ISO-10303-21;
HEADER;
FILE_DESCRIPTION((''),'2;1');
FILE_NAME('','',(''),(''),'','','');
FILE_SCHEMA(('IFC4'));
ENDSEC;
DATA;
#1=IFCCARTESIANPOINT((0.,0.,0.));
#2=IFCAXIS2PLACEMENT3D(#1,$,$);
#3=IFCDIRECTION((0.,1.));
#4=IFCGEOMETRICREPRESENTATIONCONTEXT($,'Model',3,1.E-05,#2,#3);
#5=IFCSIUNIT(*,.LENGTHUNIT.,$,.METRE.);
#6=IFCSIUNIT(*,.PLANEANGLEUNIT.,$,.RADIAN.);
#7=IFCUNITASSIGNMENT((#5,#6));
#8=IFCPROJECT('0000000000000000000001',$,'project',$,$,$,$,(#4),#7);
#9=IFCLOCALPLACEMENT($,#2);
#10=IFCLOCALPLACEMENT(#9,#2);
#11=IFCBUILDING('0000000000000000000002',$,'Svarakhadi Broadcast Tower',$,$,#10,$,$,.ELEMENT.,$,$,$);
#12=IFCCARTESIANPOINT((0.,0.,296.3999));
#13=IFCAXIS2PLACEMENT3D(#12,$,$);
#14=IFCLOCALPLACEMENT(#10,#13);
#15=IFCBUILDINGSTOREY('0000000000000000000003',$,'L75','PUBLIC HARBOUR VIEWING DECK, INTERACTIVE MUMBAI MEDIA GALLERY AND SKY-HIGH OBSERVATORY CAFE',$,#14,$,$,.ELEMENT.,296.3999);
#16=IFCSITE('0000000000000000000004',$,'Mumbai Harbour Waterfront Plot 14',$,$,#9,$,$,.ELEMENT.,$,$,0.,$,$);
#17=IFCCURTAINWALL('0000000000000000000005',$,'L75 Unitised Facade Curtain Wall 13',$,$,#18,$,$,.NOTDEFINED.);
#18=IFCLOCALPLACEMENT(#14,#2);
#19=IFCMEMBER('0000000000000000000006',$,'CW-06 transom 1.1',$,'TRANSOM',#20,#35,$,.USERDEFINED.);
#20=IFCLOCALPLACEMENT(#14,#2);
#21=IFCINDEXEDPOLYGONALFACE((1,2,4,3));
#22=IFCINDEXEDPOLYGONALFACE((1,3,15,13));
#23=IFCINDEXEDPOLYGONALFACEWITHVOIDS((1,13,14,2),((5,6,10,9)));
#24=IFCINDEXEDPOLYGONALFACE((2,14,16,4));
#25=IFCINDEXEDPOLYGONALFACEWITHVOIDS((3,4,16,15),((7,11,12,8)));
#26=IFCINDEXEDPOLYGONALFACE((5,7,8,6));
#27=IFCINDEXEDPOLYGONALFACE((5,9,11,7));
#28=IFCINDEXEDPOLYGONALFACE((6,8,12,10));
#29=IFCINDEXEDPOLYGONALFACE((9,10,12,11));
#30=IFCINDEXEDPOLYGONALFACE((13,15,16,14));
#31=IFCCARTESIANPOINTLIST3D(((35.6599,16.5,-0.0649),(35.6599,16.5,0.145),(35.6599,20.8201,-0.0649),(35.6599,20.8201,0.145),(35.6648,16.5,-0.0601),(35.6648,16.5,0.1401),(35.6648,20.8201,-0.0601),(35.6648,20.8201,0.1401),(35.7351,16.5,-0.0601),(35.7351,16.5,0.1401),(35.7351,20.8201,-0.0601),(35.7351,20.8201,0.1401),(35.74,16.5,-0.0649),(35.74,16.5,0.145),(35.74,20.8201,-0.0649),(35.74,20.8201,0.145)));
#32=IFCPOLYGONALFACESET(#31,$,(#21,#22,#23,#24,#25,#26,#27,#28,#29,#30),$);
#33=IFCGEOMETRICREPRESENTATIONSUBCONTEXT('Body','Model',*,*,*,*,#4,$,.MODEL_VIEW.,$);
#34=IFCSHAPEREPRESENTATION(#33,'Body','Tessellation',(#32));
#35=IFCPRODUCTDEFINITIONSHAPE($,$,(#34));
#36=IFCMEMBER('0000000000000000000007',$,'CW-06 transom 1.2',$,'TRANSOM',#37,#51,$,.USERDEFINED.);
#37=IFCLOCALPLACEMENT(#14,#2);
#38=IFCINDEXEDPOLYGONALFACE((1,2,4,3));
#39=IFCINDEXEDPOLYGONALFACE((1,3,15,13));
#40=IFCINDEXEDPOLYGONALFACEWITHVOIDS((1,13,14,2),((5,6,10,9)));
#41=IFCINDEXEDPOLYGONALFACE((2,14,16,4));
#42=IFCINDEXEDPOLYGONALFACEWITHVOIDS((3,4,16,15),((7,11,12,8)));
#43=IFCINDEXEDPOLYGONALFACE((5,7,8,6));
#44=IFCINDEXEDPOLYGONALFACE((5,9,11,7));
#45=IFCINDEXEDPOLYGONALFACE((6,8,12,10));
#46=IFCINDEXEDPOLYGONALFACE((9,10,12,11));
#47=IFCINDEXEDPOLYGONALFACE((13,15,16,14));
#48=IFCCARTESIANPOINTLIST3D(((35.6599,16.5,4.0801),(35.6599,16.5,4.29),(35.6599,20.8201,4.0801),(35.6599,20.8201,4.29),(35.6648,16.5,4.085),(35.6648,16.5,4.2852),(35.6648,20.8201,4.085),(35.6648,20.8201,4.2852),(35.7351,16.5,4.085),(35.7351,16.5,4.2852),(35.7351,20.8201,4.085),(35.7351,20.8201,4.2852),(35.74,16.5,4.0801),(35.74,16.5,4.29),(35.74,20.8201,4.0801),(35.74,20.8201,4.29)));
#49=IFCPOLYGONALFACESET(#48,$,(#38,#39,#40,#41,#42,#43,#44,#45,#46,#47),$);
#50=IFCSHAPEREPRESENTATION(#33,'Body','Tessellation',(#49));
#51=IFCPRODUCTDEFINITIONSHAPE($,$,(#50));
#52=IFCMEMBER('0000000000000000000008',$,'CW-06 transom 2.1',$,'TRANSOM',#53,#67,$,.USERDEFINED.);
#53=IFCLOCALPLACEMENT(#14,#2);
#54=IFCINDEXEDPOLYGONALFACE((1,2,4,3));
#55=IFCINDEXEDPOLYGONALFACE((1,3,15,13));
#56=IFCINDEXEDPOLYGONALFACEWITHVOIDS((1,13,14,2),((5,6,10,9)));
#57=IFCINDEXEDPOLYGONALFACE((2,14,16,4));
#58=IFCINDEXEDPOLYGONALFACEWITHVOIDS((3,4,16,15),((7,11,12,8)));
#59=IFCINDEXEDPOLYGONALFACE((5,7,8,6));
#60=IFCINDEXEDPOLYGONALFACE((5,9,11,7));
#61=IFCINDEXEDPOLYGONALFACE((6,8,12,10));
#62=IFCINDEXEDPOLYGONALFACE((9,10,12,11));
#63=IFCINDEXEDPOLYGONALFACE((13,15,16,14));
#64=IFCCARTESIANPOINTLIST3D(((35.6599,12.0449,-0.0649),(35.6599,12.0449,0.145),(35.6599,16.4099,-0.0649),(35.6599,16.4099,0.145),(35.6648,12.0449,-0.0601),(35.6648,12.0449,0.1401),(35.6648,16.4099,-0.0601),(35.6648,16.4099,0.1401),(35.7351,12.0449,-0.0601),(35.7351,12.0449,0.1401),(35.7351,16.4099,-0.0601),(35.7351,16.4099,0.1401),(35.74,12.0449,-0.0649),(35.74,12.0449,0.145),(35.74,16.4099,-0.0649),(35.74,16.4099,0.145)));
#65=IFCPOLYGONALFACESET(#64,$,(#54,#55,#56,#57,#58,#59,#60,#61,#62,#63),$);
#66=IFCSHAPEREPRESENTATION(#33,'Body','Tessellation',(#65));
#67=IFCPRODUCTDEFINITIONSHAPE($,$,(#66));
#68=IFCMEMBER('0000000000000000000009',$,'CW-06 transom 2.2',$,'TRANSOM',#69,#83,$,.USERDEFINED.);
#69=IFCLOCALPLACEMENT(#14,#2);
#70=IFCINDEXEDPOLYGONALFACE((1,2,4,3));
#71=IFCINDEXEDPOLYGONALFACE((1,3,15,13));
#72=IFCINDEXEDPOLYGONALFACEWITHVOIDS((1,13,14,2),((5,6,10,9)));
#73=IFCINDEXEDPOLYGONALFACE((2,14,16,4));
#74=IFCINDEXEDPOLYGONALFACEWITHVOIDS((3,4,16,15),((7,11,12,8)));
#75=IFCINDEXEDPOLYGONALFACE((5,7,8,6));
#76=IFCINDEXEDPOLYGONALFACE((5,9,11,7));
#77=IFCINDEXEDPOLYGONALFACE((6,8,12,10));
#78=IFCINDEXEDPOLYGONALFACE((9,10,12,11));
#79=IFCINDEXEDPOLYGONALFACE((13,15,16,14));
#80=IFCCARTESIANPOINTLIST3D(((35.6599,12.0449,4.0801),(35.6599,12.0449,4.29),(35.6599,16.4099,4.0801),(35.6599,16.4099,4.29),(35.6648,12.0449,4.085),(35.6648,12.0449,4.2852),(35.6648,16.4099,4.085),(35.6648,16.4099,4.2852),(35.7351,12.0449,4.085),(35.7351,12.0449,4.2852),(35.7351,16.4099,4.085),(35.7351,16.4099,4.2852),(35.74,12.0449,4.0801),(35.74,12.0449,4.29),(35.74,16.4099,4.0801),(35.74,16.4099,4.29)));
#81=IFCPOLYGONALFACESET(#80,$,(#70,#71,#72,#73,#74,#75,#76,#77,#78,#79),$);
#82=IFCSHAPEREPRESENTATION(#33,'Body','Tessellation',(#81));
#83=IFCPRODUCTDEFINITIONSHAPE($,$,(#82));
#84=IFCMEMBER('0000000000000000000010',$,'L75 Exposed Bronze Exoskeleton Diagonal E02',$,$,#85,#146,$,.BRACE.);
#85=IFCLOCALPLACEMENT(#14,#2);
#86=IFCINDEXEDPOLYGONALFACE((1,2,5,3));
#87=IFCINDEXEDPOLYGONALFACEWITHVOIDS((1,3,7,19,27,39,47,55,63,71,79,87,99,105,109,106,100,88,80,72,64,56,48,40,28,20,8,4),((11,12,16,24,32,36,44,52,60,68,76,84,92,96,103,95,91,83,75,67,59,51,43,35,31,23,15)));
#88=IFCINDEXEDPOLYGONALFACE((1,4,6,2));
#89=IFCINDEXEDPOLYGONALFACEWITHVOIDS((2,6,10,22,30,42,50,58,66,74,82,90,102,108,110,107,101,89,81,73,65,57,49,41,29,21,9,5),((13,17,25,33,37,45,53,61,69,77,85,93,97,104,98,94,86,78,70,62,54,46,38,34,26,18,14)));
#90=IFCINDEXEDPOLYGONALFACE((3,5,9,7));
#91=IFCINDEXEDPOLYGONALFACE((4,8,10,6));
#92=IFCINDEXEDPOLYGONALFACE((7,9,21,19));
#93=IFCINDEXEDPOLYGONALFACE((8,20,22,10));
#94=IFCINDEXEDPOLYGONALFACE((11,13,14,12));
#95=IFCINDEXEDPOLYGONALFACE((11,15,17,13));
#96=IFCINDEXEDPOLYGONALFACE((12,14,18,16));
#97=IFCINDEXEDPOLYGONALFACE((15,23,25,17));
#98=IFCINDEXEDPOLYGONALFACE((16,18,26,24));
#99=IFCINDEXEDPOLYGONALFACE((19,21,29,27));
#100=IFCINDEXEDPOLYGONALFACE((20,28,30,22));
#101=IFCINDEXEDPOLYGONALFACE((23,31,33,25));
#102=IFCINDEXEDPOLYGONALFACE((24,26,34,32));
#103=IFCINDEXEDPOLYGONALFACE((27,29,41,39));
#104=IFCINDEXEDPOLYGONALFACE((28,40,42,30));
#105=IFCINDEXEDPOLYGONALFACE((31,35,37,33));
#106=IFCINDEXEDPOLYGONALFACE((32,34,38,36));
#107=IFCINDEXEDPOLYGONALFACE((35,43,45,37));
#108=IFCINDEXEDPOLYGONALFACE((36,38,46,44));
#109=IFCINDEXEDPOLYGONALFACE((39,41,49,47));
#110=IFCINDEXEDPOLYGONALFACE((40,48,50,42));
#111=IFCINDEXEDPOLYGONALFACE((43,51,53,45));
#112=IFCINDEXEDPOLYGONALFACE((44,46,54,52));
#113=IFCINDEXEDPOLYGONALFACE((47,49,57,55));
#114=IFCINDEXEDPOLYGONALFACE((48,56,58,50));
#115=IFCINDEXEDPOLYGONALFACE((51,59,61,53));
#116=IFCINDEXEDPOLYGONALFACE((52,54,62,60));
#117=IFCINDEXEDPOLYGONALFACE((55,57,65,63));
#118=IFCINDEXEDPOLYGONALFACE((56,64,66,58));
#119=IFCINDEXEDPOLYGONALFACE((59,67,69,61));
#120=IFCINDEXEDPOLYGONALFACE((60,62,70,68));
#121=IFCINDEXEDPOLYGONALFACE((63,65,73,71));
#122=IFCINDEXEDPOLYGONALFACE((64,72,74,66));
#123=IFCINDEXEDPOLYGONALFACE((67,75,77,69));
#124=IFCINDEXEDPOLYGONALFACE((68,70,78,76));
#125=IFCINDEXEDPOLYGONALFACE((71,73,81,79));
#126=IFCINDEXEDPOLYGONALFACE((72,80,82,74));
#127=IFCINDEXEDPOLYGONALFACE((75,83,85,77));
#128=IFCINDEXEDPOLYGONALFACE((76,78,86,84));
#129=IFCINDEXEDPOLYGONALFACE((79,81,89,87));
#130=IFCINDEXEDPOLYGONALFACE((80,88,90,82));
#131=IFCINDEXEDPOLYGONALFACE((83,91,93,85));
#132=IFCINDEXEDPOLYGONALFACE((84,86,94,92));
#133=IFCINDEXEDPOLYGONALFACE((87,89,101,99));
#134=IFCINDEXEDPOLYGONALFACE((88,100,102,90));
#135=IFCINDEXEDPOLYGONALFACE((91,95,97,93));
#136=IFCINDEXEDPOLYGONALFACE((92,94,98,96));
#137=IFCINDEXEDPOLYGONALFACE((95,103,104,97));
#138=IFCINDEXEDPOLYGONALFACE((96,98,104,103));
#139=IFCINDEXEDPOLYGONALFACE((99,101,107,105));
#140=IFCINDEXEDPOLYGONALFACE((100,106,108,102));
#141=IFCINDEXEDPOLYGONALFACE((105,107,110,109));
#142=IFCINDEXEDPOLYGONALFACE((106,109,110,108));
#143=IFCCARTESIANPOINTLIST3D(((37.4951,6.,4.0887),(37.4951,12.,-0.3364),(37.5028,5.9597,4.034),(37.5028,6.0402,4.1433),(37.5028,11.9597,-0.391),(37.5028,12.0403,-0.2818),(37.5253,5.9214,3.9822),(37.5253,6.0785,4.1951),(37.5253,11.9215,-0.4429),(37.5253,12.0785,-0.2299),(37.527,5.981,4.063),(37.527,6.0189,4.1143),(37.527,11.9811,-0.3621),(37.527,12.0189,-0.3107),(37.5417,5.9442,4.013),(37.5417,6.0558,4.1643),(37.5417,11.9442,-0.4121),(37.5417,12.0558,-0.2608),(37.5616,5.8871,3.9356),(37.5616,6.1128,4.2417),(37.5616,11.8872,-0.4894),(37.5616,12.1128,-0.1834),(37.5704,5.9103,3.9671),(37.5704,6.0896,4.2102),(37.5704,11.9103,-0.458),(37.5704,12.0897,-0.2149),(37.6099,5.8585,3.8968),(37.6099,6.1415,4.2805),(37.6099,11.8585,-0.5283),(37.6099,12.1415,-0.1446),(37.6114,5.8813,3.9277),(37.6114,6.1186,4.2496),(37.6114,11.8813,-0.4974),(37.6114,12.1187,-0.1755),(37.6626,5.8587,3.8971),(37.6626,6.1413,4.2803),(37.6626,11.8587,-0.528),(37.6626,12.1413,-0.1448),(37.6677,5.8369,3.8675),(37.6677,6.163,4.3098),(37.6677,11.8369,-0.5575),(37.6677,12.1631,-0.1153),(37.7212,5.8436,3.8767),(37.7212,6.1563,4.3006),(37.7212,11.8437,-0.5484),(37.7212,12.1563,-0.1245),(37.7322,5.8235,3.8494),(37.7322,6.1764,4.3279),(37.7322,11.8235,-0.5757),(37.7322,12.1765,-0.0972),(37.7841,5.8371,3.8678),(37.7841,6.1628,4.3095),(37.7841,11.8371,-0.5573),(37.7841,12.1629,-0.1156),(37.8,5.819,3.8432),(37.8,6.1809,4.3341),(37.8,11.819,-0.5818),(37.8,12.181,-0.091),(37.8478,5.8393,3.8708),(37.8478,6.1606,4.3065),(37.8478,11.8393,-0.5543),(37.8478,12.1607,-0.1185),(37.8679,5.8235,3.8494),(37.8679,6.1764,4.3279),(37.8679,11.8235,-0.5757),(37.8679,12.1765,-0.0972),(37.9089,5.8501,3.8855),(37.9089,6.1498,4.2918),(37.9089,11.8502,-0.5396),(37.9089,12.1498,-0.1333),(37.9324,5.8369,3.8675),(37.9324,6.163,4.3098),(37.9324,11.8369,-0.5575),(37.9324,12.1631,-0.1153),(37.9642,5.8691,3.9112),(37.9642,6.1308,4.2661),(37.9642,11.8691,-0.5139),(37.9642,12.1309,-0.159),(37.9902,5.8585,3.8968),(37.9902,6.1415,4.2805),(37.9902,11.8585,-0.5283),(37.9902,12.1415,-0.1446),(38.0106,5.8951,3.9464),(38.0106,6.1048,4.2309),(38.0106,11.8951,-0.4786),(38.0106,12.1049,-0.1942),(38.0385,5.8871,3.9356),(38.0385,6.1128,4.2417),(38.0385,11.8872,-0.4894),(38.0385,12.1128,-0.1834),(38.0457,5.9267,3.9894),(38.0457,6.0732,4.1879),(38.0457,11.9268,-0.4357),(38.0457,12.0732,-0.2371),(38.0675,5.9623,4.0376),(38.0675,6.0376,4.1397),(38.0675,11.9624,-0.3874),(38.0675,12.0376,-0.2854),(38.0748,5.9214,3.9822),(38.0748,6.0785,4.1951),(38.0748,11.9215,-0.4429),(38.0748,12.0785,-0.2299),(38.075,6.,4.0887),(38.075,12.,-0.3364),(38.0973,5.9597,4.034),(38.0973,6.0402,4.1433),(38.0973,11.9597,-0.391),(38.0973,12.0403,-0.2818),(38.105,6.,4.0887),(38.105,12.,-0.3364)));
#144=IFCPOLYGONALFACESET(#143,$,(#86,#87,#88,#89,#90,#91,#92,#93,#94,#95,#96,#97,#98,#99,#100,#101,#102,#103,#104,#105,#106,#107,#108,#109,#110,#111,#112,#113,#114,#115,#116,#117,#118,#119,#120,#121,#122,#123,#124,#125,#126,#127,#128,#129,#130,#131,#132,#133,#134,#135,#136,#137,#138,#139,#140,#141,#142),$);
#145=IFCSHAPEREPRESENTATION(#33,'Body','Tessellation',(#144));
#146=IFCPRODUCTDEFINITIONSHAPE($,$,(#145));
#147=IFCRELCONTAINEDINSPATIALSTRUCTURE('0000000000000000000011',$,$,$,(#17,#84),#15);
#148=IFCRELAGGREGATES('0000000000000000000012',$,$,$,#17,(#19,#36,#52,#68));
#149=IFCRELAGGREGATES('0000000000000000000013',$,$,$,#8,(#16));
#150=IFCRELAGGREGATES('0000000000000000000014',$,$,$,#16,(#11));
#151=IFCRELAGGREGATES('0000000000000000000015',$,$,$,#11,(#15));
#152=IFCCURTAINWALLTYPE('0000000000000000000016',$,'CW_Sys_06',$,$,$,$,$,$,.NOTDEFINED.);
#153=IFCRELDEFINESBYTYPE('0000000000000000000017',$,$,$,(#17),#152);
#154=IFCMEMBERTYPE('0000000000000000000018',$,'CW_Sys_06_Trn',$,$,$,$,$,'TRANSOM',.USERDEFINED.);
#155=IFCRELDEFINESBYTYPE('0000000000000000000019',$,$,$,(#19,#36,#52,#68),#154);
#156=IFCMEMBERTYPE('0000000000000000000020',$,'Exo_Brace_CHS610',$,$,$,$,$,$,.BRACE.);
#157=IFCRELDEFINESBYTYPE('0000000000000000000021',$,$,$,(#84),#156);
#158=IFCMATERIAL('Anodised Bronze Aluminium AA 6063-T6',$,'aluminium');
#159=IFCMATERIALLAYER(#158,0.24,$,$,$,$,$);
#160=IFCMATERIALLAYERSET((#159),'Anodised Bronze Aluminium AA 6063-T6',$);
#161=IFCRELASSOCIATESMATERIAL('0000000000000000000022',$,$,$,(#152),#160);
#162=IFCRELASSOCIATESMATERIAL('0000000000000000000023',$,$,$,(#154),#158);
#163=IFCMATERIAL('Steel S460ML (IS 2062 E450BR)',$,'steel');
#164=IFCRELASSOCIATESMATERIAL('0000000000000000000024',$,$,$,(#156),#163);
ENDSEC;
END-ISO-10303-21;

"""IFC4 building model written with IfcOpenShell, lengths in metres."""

from ifc_helpers import new_model, si_unit, direction, frame, origin, origin_2d, place, context, subcontext, project, spatial, hollow_rectangle, hollow_circle, extrude, material, layer, layer_set, material_profile, profile_set, type_object, element, aggregate, save


model = new_model("IFC4")

# Units and contexts
model_context = context("Model", 3, precision=1e-05, world=origin(), true_north=direction((0.0, 1.0)))
body_context = subcontext(model_context, "Body", "Model", "MODEL_VIEW")
ifc_project = project(units=[si_unit("LENGTHUNIT", "METRE"), si_unit("PLANEANGLEUNIT", "RADIAN")], contexts=[model_context])

# Site, building, storey
site_placement = place(None, origin())
site = spatial("IfcSite", under=ifc_project, at=site_placement, Name="Mumbai Harbour Waterfront Plot 14", CompositionType="ELEMENT", RefElevation=0.0)
building_placement = place(site_placement, origin())
building = spatial("IfcBuilding", under=site, at=building_placement, Name="Svarakhadi Broadcast Tower", CompositionType="ELEMENT")
storey_placement = place(building_placement, frame((0.0, 0.0, 296.3999)))
storey = spatial("IfcBuildingStorey", under=building, at=storey_placement, Name="L75", Description="PUBLIC HARBOUR VIEWING DECK, INTERACTIVE MUMBAI MEDIA GALLERY AND SKY-HIGH OBSERVATORY CAFE", CompositionType="ELEMENT", Elevation=296.3999)

# Shared definitions
ifc_material_1 = material(Name="Steel S460ML (IS 2062 E450BR)", Category="steel")

# Shared definitions
ifc_material_2 = material(Name="Anodised Bronze Aluminium AA 6063-T6", Category="aluminium")
ifc_layer_1 = layer(ifc_material_2, 0.24)
ifc_layer_set_1 = layer_set([ifc_layer_1], Name="Anodised Bronze Aluminium AA 6063-T6")
curtain_wall_type = type_object("IfcCurtainWallType", Name="CW_Sys_06", PredefinedType="NOTDEFINED", material=ifc_layer_set_1)

# Curtain wall
curtain_wall_1_placement = place(storey_placement, origin())
curtain_wall_1 = element("IfcCurtainWall", 1, at=curtain_wall_1_placement, inside=storey, type_object=curtain_wall_type, Name="L75 Unitised Facade Curtain Wall 13", PredefinedType="NOTDEFINED")

# Members
ifc_material_profile_1 = material_profile(ifc_material_2, hollow_rectangle(XDim=0.0801, YDim=0.21, WallThickness=0.0049, at=origin_2d()), Name="ALU TRANSOM 210x80x5")
ifc_profile_set_1 = profile_set([ifc_material_profile_1], Name="Anodised Bronze Aluminium AA 6063-T6")
member_type_1 = type_object("IfcMemberType", Name="CW_Sys_06_Trn", ElementType="TRANSOM", PredefinedType="USERDEFINED", material=ifc_profile_set_1)
member_1_placement = place(storey_placement, frame((35.7, 20.8201, 0.04), z_axis=(0.0, -1.0, 0.0), x_axis=(1.0, 0.0, 0.0)))
member_1 = element("IfcMember", 2, at=member_1_placement, type_object=member_type_1, Name="CW-06 transom 1.1", ObjectType="TRANSOM", PredefinedType="USERDEFINED", context=body_context, shape_type="SweptSolid", body=[
    extrude(hollow_rectangle(XDim=0.0801, YDim=0.21, WallThickness=0.0049, at=origin_2d()), origin(), (0.0, 0.0, 1.0), 4.3201),
])
member_2_placement = place(storey_placement, frame((35.7, 20.8201, 4.1851), z_axis=(0.0, -1.0, 0.0), x_axis=(1.0, 0.0, 0.0)))
member_2 = element("IfcMember", 3, at=member_2_placement, type_object=member_type_1, Name="CW-06 transom 1.2", ObjectType="TRANSOM", PredefinedType="USERDEFINED", context=body_context, shape_type="SweptSolid", body=[
    extrude(hollow_rectangle(XDim=0.0801, YDim=0.21, WallThickness=0.0049, at=origin_2d()), origin(), (0.0, 0.0, 1.0), 4.3201),
])
member_3_placement = place(storey_placement, frame((35.7, 16.4099, 0.04), z_axis=(0.0, -1.0, 0.0), x_axis=(1.0, 0.0, 0.0)))
member_3 = element("IfcMember", 4, at=member_3_placement, type_object=member_type_1, Name="CW-06 transom 2.1", ObjectType="TRANSOM", PredefinedType="USERDEFINED", context=body_context, shape_type="SweptSolid", body=[
    extrude(hollow_rectangle(XDim=0.0801, YDim=0.21, WallThickness=0.0049, at=origin_2d()), origin(), (0.0, 0.0, 1.0), 4.365),
])
member_4_placement = place(storey_placement, frame((35.7, 16.4099, 4.1851), z_axis=(0.0, -1.0, 0.0), x_axis=(1.0, 0.0, 0.0)))
member_4 = element("IfcMember", 5, at=member_4_placement, type_object=member_type_1, Name="CW-06 transom 2.2", ObjectType="TRANSOM", PredefinedType="USERDEFINED", context=body_context, shape_type="SweptSolid", body=[
    extrude(hollow_rectangle(XDim=0.0801, YDim=0.21, WallThickness=0.0049, at=origin_2d()), origin(), (0.0, 0.0, 1.0), 4.365),
])

# Member
ifc_material_profile_2 = material_profile(ifc_material_1, hollow_circle(Radius=0.3049, WallThickness=0.03, at=origin_2d()), Name="CHS 610x30")
ifc_profile_set_2 = profile_set([ifc_material_profile_2], Name="Steel S460ML (IS 2062 E450BR)")
member_type_2 = type_object("IfcMemberType", Name="Exo_Brace_CHS610", PredefinedType="BRACE", material=ifc_profile_set_2)
for number, where, z_axis, x_axis, name in (
    (6, (37.8, 12.0, -0.3364), (0.0, -0.8048, 0.593546), (1.0, 0.0, 0.0), "L75 Exposed Bronze Exoskeleton Diagonal E02"),
):
    element("IfcMember", number, at=place(storey_placement, frame(where, z_axis=z_axis, x_axis=x_axis)), inside=storey, type_object=member_type_2, Name=name, PredefinedType="BRACE", context=body_context, shape_type="SweptSolid", body=[
        extrude(hollow_circle(Radius=0.3049, WallThickness=0.03, at=origin_2d()), origin(), (0.0, 0.0, 1.0), 7.4553),
    ])

aggregate(curtain_wall_1, [member_1, member_2, member_3, member_4])

save(model, "model.ifc")
